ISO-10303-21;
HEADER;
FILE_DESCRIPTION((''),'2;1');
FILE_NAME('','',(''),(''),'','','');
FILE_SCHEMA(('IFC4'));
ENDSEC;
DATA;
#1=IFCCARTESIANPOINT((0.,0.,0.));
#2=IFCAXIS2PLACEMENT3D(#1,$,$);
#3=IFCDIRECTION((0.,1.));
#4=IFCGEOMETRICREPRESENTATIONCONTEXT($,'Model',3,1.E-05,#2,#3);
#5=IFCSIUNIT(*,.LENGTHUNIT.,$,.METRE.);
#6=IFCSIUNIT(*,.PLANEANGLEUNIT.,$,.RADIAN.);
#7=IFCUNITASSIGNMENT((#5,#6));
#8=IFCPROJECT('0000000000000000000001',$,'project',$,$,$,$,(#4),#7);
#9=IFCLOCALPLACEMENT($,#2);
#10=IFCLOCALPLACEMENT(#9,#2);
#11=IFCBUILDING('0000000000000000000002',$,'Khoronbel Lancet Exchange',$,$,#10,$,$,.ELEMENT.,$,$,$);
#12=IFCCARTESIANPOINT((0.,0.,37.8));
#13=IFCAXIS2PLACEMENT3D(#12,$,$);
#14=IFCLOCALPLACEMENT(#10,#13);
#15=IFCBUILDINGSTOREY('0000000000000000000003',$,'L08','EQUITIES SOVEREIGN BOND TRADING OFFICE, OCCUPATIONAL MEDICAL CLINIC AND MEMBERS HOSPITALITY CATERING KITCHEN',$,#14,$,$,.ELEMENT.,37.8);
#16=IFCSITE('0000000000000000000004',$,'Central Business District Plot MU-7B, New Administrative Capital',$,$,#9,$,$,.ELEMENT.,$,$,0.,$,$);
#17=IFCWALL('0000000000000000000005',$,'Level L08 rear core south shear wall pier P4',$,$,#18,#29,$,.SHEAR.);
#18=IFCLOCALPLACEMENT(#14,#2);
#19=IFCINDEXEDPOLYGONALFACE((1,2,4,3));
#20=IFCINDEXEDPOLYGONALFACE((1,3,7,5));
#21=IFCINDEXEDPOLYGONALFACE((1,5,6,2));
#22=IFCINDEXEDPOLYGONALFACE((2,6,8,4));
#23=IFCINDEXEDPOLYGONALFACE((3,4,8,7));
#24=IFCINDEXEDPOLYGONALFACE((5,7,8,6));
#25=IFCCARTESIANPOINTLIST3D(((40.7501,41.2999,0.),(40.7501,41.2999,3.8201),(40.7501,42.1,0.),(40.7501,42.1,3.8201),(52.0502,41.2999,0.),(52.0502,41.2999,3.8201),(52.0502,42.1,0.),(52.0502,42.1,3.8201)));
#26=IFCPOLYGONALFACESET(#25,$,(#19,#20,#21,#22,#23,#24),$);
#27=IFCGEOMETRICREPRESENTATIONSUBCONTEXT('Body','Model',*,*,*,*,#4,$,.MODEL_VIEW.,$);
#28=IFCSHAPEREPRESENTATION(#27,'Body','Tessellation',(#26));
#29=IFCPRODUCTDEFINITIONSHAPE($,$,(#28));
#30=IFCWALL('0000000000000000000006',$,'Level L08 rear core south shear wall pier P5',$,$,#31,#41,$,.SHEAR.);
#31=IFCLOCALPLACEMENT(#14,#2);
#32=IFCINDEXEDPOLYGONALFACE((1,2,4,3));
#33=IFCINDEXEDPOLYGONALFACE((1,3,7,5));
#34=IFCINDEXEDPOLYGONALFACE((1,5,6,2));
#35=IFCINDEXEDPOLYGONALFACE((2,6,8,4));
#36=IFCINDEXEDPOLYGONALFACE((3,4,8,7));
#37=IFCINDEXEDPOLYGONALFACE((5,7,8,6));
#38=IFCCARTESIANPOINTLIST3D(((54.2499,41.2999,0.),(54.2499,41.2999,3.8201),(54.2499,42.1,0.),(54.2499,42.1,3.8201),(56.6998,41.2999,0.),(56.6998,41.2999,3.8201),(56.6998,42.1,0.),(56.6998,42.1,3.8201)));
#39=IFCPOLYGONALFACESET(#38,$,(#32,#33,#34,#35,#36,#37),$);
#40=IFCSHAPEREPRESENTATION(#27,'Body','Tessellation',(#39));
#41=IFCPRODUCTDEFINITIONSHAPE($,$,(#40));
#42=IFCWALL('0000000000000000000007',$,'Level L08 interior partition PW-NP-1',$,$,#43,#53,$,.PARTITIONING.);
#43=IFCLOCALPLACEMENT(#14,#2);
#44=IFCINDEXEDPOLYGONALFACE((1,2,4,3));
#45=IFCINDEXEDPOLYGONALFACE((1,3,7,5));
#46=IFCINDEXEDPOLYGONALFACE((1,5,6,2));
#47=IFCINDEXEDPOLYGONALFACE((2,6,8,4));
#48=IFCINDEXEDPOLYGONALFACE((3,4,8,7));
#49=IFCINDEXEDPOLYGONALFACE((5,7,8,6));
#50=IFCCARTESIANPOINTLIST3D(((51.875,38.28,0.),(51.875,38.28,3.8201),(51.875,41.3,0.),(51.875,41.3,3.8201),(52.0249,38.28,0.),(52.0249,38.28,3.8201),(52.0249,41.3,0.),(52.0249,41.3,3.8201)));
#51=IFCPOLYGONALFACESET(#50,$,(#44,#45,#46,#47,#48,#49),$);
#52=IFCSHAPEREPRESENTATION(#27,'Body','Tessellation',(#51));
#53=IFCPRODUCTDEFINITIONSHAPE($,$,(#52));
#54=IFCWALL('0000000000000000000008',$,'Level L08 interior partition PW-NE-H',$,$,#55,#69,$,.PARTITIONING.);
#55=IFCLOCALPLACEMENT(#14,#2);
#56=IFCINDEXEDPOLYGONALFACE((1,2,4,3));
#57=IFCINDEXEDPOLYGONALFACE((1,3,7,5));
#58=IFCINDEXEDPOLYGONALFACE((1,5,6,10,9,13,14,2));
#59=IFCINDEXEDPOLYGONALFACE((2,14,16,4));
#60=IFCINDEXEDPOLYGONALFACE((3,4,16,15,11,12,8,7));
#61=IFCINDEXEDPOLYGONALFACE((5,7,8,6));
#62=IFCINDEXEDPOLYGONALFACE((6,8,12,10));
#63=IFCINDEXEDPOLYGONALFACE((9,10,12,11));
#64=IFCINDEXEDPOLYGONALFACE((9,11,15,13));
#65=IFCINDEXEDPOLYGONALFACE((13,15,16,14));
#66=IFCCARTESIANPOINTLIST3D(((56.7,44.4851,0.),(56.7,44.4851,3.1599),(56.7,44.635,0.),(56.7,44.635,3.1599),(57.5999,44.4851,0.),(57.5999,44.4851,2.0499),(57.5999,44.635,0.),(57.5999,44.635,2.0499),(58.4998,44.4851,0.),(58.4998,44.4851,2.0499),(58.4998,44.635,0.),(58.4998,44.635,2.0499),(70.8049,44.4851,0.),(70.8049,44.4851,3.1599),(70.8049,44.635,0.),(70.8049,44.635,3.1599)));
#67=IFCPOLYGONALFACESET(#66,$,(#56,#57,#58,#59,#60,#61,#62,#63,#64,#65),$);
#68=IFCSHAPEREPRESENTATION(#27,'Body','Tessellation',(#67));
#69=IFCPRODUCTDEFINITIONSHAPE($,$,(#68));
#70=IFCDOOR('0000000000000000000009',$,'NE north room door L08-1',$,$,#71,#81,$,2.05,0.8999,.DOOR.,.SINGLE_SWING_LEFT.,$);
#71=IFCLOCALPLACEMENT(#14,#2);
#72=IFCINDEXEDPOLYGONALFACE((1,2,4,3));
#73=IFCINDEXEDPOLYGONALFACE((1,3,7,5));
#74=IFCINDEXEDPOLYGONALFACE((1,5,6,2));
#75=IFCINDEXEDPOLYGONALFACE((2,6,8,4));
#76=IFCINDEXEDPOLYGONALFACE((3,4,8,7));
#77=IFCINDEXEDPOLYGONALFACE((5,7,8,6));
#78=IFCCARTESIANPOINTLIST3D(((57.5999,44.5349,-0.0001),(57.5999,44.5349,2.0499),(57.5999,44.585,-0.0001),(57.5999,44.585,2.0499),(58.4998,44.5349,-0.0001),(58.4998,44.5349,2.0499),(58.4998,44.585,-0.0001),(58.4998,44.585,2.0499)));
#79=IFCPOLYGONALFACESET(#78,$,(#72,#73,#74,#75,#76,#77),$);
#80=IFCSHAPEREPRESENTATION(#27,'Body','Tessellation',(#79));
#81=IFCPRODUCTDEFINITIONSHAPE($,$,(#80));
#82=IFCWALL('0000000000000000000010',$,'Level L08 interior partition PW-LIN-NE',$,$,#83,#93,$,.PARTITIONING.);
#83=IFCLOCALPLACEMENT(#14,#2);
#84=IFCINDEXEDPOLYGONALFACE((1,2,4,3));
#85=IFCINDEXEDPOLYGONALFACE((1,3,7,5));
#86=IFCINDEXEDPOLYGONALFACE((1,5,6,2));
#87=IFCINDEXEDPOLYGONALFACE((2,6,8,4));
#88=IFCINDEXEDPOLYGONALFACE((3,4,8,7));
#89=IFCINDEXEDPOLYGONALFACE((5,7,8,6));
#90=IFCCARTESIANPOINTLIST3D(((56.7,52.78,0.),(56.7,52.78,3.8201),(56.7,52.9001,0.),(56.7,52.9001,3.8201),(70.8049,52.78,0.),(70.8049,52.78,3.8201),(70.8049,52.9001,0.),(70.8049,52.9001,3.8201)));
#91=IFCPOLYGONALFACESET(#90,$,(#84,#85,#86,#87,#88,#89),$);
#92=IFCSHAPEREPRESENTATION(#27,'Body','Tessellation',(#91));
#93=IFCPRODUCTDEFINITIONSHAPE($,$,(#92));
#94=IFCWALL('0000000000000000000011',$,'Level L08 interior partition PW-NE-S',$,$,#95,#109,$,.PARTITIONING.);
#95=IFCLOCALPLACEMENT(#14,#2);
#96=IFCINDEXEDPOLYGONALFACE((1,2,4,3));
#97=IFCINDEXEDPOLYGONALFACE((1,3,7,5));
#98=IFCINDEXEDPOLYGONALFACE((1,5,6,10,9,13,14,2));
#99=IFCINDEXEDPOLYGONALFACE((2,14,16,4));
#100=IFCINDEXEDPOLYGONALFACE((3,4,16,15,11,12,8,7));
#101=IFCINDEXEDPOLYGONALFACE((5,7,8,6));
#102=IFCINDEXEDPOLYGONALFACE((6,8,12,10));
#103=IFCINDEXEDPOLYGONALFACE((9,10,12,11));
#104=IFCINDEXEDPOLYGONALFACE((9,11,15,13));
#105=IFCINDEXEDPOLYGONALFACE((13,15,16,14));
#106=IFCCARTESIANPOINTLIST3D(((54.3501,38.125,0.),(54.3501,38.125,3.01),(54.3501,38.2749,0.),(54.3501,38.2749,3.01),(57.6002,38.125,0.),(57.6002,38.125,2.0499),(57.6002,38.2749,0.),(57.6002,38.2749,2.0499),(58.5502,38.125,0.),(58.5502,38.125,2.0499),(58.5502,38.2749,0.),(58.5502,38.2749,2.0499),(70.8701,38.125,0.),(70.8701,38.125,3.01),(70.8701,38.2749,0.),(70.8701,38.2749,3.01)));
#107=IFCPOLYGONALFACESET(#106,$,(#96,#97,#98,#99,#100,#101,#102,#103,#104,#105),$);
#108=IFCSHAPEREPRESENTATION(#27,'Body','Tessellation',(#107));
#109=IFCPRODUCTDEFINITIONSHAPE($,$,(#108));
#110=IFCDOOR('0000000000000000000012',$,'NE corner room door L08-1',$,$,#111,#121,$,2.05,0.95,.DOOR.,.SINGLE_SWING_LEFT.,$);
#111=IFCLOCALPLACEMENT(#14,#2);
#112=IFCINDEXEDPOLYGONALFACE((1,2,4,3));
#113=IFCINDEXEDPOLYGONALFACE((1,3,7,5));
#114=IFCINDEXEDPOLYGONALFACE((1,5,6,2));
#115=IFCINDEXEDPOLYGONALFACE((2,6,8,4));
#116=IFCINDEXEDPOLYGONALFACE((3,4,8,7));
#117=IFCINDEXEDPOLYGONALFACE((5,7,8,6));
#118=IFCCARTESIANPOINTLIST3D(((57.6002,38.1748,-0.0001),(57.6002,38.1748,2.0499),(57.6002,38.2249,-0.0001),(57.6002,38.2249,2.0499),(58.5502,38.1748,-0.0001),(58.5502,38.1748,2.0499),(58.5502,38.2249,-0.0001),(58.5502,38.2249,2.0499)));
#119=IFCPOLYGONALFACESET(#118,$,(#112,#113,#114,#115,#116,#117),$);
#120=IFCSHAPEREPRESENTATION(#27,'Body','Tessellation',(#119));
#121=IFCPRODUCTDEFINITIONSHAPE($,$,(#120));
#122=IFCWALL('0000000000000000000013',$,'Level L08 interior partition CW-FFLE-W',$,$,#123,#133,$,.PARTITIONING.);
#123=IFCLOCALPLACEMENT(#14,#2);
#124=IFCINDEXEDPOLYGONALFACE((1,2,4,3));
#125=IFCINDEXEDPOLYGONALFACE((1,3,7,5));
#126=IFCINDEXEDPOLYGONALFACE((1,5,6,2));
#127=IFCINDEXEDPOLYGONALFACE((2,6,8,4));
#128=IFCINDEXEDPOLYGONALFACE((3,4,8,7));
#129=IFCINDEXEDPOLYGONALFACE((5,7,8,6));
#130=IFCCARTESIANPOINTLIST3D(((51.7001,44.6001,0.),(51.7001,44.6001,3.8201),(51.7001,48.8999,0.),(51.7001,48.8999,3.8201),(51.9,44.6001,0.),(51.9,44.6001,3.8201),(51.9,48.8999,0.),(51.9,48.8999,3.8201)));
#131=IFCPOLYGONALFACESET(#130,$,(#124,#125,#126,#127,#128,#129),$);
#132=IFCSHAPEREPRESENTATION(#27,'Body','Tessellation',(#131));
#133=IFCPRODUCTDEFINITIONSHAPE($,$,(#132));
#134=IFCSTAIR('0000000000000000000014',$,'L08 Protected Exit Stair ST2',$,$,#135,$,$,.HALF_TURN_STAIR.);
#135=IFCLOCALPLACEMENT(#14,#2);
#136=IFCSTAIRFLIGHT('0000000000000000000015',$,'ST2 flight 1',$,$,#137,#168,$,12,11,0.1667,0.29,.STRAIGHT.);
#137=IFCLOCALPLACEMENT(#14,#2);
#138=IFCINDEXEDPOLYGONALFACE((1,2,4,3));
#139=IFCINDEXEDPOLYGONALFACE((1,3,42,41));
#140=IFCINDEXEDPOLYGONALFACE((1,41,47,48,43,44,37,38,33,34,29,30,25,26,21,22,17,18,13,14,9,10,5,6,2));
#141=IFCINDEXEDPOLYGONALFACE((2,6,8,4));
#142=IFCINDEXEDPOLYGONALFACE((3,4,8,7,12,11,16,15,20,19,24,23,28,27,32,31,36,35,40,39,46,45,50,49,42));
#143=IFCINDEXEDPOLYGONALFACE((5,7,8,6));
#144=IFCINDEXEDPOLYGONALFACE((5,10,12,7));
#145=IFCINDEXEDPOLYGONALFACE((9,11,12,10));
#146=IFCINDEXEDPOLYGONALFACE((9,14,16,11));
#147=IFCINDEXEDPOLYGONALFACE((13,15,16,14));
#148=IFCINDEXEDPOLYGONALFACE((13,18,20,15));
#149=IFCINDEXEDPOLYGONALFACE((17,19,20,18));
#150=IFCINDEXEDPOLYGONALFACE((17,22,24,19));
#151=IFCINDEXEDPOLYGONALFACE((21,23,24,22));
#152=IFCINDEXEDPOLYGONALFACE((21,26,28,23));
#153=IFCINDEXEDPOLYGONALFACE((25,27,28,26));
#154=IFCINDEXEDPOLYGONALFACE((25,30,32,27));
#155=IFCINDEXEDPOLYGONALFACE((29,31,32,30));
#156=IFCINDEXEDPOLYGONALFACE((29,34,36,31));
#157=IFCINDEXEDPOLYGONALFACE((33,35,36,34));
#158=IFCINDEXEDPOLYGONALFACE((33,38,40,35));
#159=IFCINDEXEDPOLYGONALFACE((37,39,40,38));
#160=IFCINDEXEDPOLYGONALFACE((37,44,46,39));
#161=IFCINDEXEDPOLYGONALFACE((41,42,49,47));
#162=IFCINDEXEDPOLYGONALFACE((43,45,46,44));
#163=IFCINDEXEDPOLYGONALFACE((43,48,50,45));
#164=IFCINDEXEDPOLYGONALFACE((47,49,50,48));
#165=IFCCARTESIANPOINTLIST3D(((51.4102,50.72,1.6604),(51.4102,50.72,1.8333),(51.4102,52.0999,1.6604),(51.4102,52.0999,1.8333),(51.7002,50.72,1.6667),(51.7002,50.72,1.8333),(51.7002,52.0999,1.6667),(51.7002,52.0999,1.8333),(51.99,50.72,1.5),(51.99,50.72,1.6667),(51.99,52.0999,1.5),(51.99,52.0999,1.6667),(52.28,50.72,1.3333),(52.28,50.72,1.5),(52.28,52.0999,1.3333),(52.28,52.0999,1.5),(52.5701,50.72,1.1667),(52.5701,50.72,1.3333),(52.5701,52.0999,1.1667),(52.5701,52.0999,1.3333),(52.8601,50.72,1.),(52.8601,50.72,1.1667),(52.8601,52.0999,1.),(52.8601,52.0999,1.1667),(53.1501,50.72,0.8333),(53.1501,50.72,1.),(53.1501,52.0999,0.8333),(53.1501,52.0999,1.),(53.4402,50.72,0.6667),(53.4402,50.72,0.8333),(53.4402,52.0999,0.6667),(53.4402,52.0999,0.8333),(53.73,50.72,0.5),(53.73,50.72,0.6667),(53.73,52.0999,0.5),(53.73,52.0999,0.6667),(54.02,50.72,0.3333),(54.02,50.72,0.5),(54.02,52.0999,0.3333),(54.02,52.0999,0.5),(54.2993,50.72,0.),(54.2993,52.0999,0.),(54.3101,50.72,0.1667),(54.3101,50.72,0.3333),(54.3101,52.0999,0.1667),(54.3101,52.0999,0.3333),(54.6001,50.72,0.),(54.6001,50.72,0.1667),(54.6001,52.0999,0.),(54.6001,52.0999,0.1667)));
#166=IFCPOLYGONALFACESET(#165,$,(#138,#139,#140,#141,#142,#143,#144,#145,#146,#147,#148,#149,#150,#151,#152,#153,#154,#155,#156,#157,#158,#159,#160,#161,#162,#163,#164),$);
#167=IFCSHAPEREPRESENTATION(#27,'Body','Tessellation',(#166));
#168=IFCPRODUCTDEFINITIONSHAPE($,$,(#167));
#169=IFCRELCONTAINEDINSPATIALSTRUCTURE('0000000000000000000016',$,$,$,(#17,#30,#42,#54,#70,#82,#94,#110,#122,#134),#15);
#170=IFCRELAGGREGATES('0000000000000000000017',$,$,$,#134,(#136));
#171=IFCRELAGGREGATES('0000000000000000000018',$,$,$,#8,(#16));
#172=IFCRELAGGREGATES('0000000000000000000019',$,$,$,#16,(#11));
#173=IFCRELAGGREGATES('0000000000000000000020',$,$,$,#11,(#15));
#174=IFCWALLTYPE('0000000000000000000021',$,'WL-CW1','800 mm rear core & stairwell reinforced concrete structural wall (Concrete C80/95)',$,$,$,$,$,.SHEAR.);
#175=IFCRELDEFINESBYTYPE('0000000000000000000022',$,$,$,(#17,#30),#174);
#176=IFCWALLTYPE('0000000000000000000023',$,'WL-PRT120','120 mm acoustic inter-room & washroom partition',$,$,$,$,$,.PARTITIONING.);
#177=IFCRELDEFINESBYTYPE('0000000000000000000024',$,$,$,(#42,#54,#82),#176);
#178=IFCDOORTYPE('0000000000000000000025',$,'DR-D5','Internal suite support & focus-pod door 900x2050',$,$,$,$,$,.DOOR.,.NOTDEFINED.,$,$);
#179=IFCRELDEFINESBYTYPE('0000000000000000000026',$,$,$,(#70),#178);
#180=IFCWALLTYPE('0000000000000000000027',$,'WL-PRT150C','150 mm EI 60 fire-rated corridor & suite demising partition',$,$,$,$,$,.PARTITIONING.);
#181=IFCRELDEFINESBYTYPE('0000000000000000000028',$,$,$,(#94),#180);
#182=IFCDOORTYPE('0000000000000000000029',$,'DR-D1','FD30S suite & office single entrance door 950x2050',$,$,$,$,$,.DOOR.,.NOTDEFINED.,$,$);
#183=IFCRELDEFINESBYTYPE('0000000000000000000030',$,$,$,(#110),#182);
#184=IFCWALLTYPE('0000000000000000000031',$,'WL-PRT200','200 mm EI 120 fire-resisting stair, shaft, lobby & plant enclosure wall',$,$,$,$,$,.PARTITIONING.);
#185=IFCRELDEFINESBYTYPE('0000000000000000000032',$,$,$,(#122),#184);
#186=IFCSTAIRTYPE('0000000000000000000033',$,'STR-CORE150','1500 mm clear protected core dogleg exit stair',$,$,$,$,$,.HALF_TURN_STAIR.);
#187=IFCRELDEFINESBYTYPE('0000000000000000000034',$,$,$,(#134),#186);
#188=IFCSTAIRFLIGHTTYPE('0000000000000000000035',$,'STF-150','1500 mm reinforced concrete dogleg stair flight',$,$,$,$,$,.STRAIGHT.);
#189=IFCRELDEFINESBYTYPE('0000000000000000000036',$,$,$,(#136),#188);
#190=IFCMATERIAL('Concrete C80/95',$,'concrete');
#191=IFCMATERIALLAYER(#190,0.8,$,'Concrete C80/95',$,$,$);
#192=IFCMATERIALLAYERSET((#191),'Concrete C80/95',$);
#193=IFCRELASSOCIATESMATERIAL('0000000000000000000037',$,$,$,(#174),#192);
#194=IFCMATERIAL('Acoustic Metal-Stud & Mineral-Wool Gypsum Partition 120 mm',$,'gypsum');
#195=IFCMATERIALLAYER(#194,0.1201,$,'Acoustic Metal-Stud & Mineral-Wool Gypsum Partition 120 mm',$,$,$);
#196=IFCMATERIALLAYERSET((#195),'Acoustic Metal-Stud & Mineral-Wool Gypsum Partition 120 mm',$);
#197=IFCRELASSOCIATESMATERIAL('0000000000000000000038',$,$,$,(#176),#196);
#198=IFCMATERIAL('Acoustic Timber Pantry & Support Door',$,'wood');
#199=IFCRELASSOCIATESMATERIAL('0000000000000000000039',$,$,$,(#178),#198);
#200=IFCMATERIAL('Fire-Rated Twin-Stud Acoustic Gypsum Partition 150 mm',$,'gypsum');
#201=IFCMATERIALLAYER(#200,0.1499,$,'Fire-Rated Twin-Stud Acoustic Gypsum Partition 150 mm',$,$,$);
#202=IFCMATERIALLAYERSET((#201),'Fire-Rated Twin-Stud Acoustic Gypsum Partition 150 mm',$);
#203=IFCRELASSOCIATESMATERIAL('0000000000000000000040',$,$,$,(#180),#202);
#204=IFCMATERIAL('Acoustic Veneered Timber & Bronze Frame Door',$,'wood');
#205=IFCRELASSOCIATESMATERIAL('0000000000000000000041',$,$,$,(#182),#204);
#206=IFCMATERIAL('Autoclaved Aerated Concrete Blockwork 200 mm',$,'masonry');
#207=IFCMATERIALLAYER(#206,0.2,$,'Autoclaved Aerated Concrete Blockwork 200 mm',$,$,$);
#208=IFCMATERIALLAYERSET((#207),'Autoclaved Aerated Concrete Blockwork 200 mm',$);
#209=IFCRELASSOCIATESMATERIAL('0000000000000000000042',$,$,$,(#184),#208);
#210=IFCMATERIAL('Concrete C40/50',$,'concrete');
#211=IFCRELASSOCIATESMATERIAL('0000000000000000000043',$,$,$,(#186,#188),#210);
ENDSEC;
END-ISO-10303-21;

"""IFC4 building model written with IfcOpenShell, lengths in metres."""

from ifc_helpers import new_model, si_unit, direction, frame, frame_2d, origin, place, context, subcontext, project, spatial, polyline, rectangle, outline, extrude, material, layer, layer_set, type_object, element, fill, aggregate, save


model = new_model("IFC4")

# Units and contexts
model_context = context("Model", 3, precision=1e-05, world=origin(), true_north=direction((0.0, 1.0)))
body_context = subcontext(model_context, "Body", "Model", "MODEL_VIEW")
ifc_project = project(units=[si_unit("LENGTHUNIT", "METRE"), si_unit("PLANEANGLEUNIT", "RADIAN")], contexts=[model_context])

# Site, building, storey
site_placement = place(None, origin())
site = spatial("IfcSite", under=ifc_project, at=site_placement, Name="Central Business District Plot MU-7B, New Administrative Capital", CompositionType="ELEMENT", RefElevation=0.0)
building_placement = place(site_placement, origin())
building = spatial("IfcBuilding", under=site, at=building_placement, Name="Khoronbel Lancet Exchange", CompositionType="ELEMENT")
storey_placement = place(building_placement, frame((0.0, 0.0, 37.8)))
storey = spatial("IfcBuildingStorey", under=building, at=storey_placement, Name="L08", Description="EQUITIES SOVEREIGN BOND TRADING OFFICE, OCCUPATIONAL MEDICAL CLINIC AND MEMBERS HOSPITALITY CATERING KITCHEN", CompositionType="ELEMENT", Elevation=37.8)

# Shared definitions
ifc_material_1 = material(Name="Concrete C80/95", Category="concrete")

# Walls
ifc_layer_1 = layer(ifc_material_1, 0.8, Name="Concrete C80/95")
ifc_layer_set_1 = layer_set([ifc_layer_1], Name="Concrete C80/95")
wall_type_1 = type_object("IfcWallType", Name="WL-CW1", Description="800 mm rear core & stairwell reinforced concrete structural wall (Concrete C80/95)", PredefinedType="SHEAR", material=ifc_layer_set_1)
wall_1_placement = place(storey_placement, frame((52.05, 41.7, 0.0), z_axis=(0.0, 0.0, 1.0), x_axis=(-1.0, 0.0, 0.0)))
element("IfcWall", 1, at=wall_1_placement, inside=storey, type_object=wall_type_1, Name="Level L08 rear core south shear wall pier P4", PredefinedType="SHEAR", context=body_context, shape_type="SweptSolid", body=[
    extrude(rectangle(XDim=11.3, YDim=0.8, at=frame_2d((5.6499, 0.0))), origin(), (0.0, 0.0, 1.0), 3.8201),
])
wall_2_placement = place(storey_placement, frame((56.7, 41.7, 0.0), z_axis=(0.0, 0.0, 1.0), x_axis=(-1.0, 0.0, 0.0)))
element("IfcWall", 2, at=wall_2_placement, inside=storey, type_object=wall_type_1, Name="Level L08 rear core south shear wall pier P5", PredefinedType="SHEAR", context=body_context, shape_type="SweptSolid", body=[
    extrude(rectangle(XDim=2.45, YDim=0.8, at=frame_2d((1.2251, 0.0))), origin(), (0.0, 0.0, 1.0), 3.8201),
])
ifc_material_2 = material(Name="Acoustic Metal-Stud & Mineral-Wool Gypsum Partition 120 mm", Category="gypsum")
ifc_layer_2 = layer(ifc_material_2, 0.1201, Name="Acoustic Metal-Stud & Mineral-Wool Gypsum Partition 120 mm")
ifc_layer_set_2 = layer_set([ifc_layer_2], Name="Acoustic Metal-Stud & Mineral-Wool Gypsum Partition 120 mm")
wall_type_2 = type_object("IfcWallType", Name="WL-PRT120", Description="120 mm acoustic inter-room & washroom partition", PredefinedType="PARTITIONING", material=ifc_layer_set_2)
wall_3_placement = place(storey_placement, frame((51.95, 38.28, 0.0), z_axis=(0.0, 0.0, 1.0), x_axis=(0.0, 1.0, 0.0)))
element("IfcWall", 3, at=wall_3_placement, inside=storey, type_object=wall_type_2, Name="Level L08 interior partition PW-NP-1", PredefinedType="PARTITIONING", context=body_context, shape_type="SweptSolid", body=[
    extrude(rectangle(XDim=3.02, YDim=0.1499, at=frame_2d((1.51, 0.0))), origin(), (0.0, 0.0, 1.0), 3.8201),
])

# Wall, opening, door
wall_4_placement = place(storey_placement, frame((56.7, 44.5601, 0.0), z_axis=(0.0, 0.0, 1.0), x_axis=(1.0, 0.0, 0.0)))
wall_4 = element("IfcWall", 4, at=wall_4_placement, inside=storey, type_object=wall_type_2, Name="Level L08 interior partition PW-NE-H", PredefinedType="PARTITIONING", context=body_context, shape_type="SweptSolid", body=[
    extrude(rectangle(XDim=14.105, YDim=0.1499, at=frame_2d((7.0525, 0.0))), origin(), (0.0, 0.0, 1.0), 3.1599),
])
opening_1_placement = place(wall_4_placement, frame((0.8999, 0.0, 0.0)))
opening_1 = element("IfcOpeningElement", 5, at=opening_1_placement, cuts=wall_4, PredefinedType="OPENING", context=body_context, shape_type="SweptSolid", body=[
    extrude(rectangle(XDim=0.8999, YDim=2.05, at=frame_2d((0.45, 1.0249))), frame((0.0, 0.085, 0.0), z_axis=(0.0, -1.0, 0.0), x_axis=(1.0, 0.0, 0.0)), (0.0, 0.0, 1.0), 0.1699),
])
ifc_material_3 = material(Name="Acoustic Timber Pantry & Support Door", Category="wood")
door_type_1 = type_object("IfcDoorType", Name="DR-D5", Description="Internal suite support & focus-pod door 900x2050", OperationType="NOTDEFINED", PredefinedType="DOOR", material=ifc_material_3)
door_1_placement = place(opening_1_placement, origin())
door_1 = element("IfcDoor", 6, at=door_1_placement, inside=storey, type_object=door_type_1, Name="NE north room door L08-1", OperationType="SINGLE_SWING_LEFT", OverallHeight=2.05, OverallWidth=0.8999, PredefinedType="DOOR", context=body_context, shape_type="SweptSolid", body=[
    extrude(rectangle(XDim=0.8999, YDim=2.05, at=frame_2d((0.45, 1.0249))), frame((0.0, 0.0249, 0.0), z_axis=(0.0, -1.0, 0.0), x_axis=(1.0, 0.0, 0.0)), (0.0, 0.0, 1.0), 0.05),
])
fill(opening_1, door_1)

# Wall
wall_5_placement = place(storey_placement, frame((56.7, 52.8401, 0.0), z_axis=(0.0, 0.0, 1.0), x_axis=(1.0, 0.0, 0.0)))
element("IfcWall", 7, at=wall_5_placement, inside=storey, type_object=wall_type_2, Name="Level L08 interior partition PW-LIN-NE", PredefinedType="PARTITIONING", context=body_context, shape_type="SweptSolid", body=[
    extrude(rectangle(XDim=14.105, YDim=0.1201, at=frame_2d((7.0525, 0.0))), origin(), (0.0, 0.0, 1.0), 3.8201),
])

# Wall, opening, door
ifc_material_4 = material(Name="Fire-Rated Twin-Stud Acoustic Gypsum Partition 150 mm", Category="gypsum")
ifc_layer_3 = layer(ifc_material_4, 0.1499, Name="Fire-Rated Twin-Stud Acoustic Gypsum Partition 150 mm")
ifc_layer_set_3 = layer_set([ifc_layer_3], Name="Fire-Rated Twin-Stud Acoustic Gypsum Partition 150 mm")
wall_type_3 = type_object("IfcWallType", Name="WL-PRT150C", Description="150 mm EI 60 fire-rated corridor & suite demising partition", PredefinedType="PARTITIONING", material=ifc_layer_set_3)
wall_6_placement = place(storey_placement, frame((54.3501, 38.2, 0.0), z_axis=(0.0, 0.0, 1.0), x_axis=(1.0, 0.0, 0.0)))
wall_6 = element("IfcWall", 8, at=wall_6_placement, inside=storey, type_object=wall_type_3, Name="Level L08 interior partition PW-NE-S", PredefinedType="PARTITIONING", context=body_context, shape_type="SweptSolid", body=[
    extrude(rectangle(XDim=16.52, YDim=0.1499, at=frame_2d((8.26, 0.0))), origin(), (0.0, 0.0, 1.0), 3.01),
])
opening_2_placement = place(wall_6_placement, frame((3.25, 0.0, 0.0)))
opening_2 = element("IfcOpeningElement", 9, at=opening_2_placement, cuts=wall_6, PredefinedType="OPENING", context=body_context, shape_type="SweptSolid", body=[
    extrude(rectangle(XDim=0.95, YDim=2.05, at=frame_2d((0.4751, 1.0249))), frame((0.0, 0.085, 0.0), z_axis=(0.0, -1.0, 0.0), x_axis=(1.0, 0.0, 0.0)), (0.0, 0.0, 1.0), 0.1699),
])
ifc_material_5 = material(Name="Acoustic Veneered Timber & Bronze Frame Door", Category="wood")
door_type_2 = type_object("IfcDoorType", Name="DR-D1", Description="FD30S suite & office single entrance door 950x2050", OperationType="NOTDEFINED", PredefinedType="DOOR", material=ifc_material_5)
door_2_placement = place(opening_2_placement, origin())
door_2 = element("IfcDoor", 10, at=door_2_placement, inside=storey, type_object=door_type_2, Name="NE corner room door L08-1", OperationType="SINGLE_SWING_LEFT", OverallHeight=2.05, OverallWidth=0.95, PredefinedType="DOOR", context=body_context, shape_type="SweptSolid", body=[
    extrude(rectangle(XDim=0.95, YDim=2.05, at=frame_2d((0.4751, 1.0249))), frame((0.0, 0.0249, 0.0), z_axis=(0.0, -1.0, 0.0), x_axis=(1.0, 0.0, 0.0)), (0.0, 0.0, 1.0), 0.05),
])
fill(opening_2, door_2)

# Wall
ifc_material_6 = material(Name="Autoclaved Aerated Concrete Blockwork 200 mm", Category="masonry")
ifc_layer_4 = layer(ifc_material_6, 0.2, Name="Autoclaved Aerated Concrete Blockwork 200 mm")
ifc_layer_set_4 = layer_set([ifc_layer_4], Name="Autoclaved Aerated Concrete Blockwork 200 mm")
wall_type_4 = type_object("IfcWallType", Name="WL-PRT200", Description="200 mm EI 120 fire-resisting stair, shaft, lobby & plant enclosure wall", PredefinedType="PARTITIONING", material=ifc_layer_set_4)
wall_7_placement = place(storey_placement, frame((51.8, 44.6001, 0.0), z_axis=(0.0, 0.0, 1.0), x_axis=(0.0, 1.0, 0.0)))
element("IfcWall", 11, at=wall_7_placement, inside=storey, type_object=wall_type_4, Name="Level L08 interior partition CW-FFLE-W", PredefinedType="PARTITIONING", context=body_context, shape_type="SweptSolid", body=[
    extrude(rectangle(XDim=4.2998, YDim=0.2, at=frame_2d((2.1499, 0.0))), origin(), (0.0, 0.0, 1.0), 3.8201),
])

# Stair, stair flight
ifc_material_7 = material(Name="Concrete C40/50", Category="concrete")
stair_type = type_object("IfcStairType", Name="STR-CORE150", Description="1500 mm clear protected core dogleg exit stair", PredefinedType="HALF_TURN_STAIR", material=ifc_material_7)
stair_placement = place(storey_placement, origin())
stair = element("IfcStair", 12, at=stair_placement, inside=storey, type_object=stair_type, Name="L08 Protected Exit Stair ST2", PredefinedType="HALF_TURN_STAIR")
stair_flight_type = type_object("IfcStairFlightType", Name="STF-150", Description="1500 mm reinforced concrete dogleg stair flight", PredefinedType="STRAIGHT", material=ifc_material_7)
stair_flight_placement = place(storey_placement, frame((54.6001, 51.4099, 0.0), z_axis=(0.0, 0.0, 1.0), x_axis=(-1.0, 0.0, 0.0)))
stair_flight = element("IfcStairFlight", 13, at=stair_flight_placement, type_object=stair_flight_type, Name="ST2 flight 1", NumberOfRisers=12, NumberOfTreads=11, PredefinedType="STRAIGHT", RiserHeight=0.1667, TreadLength=0.29, context=body_context, shape_type="SweptSolid", body=[
    extrude(outline(polyline([(0.0, 0.0), (0.0, 0.1667), (0.29, 0.1667), (0.29, 0.3333), (0.5801, 0.3333), (0.5801, 0.5), (0.8701, 0.5), (0.8701, 0.6667), (1.1599, 0.6667), (1.1599, 0.8333), (1.45, 0.8333), (1.45, 1.0), (1.74, 1.0), (1.74, 1.1667), (2.03, 1.1667), (2.03, 1.3333), (2.3201, 1.3333), (2.3201, 1.5), (2.6101, 1.5), (2.6101, 1.6667), (2.8999, 1.6667), (2.8999, 1.8333), (3.1899, 1.8333), (3.1899, 2.0), (3.1899, 1.6604), (0.3008, 0.0), (0.0, 0.0)])), frame((0.0, 0.6899, 0.0), z_axis=(0.0, -1.0, 0.0), x_axis=(1.0, 0.0, 0.0)), (0.0, 0.0, 1.0), 1.3799),
])
aggregate(stair, [stair_flight])

save(model, "model.ifc")
